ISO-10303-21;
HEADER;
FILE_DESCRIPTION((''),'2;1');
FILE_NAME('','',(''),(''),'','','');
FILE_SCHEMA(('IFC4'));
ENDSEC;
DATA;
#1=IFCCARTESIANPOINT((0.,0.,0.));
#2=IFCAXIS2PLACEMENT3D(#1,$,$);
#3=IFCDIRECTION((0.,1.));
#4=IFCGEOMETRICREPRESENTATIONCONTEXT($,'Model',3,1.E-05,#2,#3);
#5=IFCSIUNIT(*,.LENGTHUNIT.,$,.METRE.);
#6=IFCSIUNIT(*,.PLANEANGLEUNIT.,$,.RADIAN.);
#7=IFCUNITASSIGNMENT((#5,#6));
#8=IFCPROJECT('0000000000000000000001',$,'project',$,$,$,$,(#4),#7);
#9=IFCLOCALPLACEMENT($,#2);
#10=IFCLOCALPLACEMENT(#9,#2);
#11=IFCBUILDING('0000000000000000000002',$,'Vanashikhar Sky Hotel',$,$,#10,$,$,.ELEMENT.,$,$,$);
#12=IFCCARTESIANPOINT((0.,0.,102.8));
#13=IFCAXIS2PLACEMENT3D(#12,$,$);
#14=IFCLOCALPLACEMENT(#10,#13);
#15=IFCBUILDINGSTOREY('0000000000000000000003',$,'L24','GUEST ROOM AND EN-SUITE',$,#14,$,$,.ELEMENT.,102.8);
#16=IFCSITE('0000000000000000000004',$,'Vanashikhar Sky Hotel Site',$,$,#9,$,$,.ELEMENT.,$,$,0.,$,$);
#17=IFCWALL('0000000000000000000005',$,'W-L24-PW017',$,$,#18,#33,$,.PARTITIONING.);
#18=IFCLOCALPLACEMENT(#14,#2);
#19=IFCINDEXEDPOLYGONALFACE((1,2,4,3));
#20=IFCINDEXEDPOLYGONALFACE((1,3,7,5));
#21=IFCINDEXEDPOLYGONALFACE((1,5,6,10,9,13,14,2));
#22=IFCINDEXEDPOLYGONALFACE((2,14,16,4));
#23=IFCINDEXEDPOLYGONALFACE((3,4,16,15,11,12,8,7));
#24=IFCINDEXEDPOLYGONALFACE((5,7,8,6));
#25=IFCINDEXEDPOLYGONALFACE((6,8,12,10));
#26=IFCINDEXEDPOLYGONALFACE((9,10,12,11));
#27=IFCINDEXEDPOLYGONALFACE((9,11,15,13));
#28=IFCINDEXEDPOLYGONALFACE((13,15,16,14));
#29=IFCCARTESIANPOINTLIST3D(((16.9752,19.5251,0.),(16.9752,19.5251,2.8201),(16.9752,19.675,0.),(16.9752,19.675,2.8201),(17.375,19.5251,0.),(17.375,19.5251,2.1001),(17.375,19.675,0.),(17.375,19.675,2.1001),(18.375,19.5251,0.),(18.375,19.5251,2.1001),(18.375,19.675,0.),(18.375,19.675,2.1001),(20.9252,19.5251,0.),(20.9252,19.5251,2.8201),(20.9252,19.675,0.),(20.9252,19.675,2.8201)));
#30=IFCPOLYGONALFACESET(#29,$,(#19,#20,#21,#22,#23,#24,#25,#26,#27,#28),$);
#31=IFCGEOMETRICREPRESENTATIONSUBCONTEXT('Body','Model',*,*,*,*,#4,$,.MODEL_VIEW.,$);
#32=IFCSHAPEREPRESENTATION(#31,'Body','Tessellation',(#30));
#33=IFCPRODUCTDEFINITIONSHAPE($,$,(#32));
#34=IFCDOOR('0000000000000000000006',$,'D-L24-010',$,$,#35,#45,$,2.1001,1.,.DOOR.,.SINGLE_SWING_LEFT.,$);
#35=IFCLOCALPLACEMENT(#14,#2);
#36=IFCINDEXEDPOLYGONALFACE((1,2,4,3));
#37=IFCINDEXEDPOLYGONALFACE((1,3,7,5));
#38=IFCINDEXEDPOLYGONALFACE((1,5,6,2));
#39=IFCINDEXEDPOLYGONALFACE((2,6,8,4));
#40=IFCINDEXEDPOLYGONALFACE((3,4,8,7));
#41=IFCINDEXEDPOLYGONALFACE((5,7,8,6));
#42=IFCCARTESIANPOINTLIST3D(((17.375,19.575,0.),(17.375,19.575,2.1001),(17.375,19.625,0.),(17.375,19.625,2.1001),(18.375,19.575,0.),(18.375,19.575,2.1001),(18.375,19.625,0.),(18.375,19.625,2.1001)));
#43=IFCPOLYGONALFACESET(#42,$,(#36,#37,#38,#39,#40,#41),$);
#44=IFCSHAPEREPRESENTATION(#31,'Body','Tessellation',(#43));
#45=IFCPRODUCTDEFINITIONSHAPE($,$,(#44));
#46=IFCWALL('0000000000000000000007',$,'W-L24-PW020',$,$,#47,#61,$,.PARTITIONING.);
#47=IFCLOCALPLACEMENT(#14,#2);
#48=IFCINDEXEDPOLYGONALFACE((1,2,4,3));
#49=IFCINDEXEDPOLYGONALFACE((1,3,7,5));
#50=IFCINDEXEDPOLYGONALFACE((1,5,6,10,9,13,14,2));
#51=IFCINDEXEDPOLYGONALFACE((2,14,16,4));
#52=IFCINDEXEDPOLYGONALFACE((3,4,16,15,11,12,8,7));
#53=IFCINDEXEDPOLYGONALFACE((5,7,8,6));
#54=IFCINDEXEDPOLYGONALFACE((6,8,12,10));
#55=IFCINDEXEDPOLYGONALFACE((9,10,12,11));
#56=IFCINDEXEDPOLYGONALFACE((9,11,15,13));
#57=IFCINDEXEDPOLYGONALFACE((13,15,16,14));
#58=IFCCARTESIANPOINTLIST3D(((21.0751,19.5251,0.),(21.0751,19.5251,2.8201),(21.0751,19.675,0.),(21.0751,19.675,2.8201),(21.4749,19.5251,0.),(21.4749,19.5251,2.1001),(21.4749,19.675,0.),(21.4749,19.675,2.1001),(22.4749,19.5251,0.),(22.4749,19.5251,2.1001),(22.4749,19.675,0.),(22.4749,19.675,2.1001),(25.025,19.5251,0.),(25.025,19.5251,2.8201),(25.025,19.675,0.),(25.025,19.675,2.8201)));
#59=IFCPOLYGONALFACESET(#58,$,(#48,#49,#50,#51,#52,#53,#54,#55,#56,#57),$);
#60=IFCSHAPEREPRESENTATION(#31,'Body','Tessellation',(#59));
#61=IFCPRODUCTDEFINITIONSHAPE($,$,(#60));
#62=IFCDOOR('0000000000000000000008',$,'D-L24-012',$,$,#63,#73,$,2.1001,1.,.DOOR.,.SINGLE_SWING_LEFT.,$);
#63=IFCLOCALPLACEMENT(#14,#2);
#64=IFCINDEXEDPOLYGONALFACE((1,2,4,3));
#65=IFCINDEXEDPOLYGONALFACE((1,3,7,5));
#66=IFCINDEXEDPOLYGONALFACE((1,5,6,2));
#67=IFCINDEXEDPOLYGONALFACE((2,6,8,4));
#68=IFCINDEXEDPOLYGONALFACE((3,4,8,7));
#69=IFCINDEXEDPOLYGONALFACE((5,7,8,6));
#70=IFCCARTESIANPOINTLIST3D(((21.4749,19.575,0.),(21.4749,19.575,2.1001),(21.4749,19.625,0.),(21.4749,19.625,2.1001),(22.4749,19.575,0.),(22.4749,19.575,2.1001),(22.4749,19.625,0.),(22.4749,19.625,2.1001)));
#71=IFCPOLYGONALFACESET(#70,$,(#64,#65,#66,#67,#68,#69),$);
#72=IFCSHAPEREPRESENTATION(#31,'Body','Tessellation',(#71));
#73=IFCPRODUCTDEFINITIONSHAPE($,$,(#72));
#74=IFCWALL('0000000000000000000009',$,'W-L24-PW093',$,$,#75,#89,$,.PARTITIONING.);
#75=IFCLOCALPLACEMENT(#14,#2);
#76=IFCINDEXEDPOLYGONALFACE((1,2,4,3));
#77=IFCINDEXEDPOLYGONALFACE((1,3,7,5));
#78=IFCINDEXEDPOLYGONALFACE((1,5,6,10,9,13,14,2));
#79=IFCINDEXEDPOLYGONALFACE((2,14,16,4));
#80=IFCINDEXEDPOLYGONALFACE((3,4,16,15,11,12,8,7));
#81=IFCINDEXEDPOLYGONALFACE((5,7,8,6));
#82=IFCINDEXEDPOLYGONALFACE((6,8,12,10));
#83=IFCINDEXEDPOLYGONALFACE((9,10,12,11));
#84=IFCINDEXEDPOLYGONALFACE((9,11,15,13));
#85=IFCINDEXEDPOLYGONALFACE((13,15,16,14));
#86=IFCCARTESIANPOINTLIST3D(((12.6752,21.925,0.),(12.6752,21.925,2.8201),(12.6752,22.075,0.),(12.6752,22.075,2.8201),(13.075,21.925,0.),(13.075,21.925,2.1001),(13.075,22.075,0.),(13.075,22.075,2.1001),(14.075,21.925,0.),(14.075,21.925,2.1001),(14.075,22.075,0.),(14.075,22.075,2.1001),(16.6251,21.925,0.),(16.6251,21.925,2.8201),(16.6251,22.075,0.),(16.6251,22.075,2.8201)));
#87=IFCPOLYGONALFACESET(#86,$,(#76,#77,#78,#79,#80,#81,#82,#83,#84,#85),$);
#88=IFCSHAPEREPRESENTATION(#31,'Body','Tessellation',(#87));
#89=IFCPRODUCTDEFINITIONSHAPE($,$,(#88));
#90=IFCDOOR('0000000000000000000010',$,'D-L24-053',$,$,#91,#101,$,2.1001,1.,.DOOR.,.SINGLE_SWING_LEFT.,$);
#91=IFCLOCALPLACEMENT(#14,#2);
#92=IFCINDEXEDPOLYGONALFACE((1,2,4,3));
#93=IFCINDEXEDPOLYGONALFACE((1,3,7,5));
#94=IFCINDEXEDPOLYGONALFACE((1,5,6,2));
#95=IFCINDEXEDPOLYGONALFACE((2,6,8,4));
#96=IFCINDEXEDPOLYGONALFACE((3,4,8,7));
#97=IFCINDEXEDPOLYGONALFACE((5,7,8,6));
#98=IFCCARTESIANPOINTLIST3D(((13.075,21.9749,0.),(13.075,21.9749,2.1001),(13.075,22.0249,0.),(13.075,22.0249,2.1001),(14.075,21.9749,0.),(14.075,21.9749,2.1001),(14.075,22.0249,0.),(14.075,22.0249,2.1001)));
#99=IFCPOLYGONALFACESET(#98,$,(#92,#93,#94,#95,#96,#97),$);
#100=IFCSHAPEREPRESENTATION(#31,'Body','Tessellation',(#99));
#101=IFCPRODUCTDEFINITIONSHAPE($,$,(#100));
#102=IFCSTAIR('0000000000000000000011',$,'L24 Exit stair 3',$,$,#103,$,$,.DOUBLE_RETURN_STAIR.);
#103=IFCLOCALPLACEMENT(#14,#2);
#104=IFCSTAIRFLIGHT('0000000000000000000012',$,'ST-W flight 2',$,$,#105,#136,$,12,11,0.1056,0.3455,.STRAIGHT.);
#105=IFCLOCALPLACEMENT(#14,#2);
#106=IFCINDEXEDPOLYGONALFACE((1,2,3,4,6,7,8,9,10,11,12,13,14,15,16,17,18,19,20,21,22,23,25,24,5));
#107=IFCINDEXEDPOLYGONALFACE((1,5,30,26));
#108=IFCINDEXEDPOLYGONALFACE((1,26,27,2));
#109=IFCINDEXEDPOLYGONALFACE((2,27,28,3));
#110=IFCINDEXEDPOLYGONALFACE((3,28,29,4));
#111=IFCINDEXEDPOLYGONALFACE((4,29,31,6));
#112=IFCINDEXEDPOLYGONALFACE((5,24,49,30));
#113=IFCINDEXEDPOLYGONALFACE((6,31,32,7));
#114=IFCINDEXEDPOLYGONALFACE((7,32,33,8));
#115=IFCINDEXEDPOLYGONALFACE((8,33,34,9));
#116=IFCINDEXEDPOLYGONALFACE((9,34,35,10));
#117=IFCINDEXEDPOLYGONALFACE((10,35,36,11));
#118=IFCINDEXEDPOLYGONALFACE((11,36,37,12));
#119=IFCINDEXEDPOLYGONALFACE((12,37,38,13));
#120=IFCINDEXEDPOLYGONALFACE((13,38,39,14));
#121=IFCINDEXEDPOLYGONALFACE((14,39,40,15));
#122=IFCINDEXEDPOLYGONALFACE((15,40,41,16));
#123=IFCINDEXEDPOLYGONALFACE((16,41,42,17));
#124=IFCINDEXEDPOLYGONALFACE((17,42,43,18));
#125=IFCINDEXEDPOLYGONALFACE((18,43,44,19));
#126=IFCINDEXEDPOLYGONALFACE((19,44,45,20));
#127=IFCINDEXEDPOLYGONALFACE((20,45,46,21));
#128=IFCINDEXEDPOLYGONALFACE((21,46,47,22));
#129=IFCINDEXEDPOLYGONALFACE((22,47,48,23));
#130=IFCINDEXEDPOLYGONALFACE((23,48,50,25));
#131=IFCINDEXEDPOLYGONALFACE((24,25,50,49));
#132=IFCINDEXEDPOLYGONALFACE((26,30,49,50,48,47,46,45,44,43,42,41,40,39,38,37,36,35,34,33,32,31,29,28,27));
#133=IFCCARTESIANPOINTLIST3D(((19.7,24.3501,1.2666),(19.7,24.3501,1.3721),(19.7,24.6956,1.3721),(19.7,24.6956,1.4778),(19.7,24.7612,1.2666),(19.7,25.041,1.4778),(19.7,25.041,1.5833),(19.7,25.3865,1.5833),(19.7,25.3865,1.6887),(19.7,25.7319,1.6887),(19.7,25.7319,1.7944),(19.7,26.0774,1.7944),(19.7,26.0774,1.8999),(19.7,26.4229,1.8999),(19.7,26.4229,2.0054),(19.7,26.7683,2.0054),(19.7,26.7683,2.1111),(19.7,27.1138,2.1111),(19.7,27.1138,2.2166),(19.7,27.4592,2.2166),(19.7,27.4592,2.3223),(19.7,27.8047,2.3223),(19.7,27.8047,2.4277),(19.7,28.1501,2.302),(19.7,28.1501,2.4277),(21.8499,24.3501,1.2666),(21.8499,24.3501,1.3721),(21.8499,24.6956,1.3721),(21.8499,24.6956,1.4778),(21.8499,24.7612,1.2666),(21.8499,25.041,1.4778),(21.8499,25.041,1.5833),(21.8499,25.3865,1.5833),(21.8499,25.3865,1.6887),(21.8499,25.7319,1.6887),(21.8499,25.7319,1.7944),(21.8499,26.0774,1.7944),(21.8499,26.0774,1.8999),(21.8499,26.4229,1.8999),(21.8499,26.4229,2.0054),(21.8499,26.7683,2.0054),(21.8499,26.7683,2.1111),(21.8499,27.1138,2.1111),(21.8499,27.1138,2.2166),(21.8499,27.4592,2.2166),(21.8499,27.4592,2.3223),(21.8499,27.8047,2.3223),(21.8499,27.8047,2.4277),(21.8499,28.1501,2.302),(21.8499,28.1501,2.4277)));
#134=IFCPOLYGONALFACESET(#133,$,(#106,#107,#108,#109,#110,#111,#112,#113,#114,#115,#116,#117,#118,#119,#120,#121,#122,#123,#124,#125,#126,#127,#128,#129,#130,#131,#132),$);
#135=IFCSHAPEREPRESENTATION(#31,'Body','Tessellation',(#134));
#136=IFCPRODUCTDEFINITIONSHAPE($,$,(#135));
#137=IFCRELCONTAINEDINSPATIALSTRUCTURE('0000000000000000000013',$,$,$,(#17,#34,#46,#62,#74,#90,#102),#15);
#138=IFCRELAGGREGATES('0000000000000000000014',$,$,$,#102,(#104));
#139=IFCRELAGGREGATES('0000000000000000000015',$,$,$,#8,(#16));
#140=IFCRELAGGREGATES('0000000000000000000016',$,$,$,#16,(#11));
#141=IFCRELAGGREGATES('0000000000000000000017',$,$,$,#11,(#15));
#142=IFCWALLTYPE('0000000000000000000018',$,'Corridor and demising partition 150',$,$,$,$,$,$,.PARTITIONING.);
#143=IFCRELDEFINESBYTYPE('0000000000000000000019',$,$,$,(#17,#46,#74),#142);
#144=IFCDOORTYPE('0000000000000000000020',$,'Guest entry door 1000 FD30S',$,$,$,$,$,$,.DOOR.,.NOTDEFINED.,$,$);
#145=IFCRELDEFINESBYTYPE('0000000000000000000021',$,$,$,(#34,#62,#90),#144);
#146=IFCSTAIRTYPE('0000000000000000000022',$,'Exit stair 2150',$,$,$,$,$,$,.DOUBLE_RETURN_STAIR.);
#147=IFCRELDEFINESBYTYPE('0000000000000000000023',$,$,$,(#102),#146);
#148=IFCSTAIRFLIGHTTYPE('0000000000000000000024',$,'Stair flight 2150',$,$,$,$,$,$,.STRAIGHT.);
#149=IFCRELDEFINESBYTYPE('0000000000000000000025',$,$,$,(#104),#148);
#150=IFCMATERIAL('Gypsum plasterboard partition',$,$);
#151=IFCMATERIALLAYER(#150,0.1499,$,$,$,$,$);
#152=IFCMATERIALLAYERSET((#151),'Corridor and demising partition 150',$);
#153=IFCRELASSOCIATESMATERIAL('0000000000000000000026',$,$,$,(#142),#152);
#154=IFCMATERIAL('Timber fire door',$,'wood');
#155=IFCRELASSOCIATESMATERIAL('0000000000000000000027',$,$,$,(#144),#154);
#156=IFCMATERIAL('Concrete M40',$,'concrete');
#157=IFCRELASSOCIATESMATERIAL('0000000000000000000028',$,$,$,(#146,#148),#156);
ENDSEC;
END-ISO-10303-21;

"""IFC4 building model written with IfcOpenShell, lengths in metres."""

from ifc_helpers import new_model, si_unit, direction, frame, frame_2d, origin, place, context, subcontext, project, spatial, polyline, rectangle, outline, extrude, source, transform, mapped, material, layer, layer_set, type_object, element, fill, aggregate, save


model = new_model("IFC4")

# Units and contexts
model_context = context("Model", 3, precision=1e-05, world=origin(), true_north=direction((0.0, 1.0)))
body_context = subcontext(model_context, "Body", "Model", "MODEL_VIEW")
ifc_project = project(units=[si_unit("LENGTHUNIT", "METRE"), si_unit("PLANEANGLEUNIT", "RADIAN")], contexts=[model_context])

# Site, building, storey
site_placement = place(None, origin())
site = spatial("IfcSite", under=ifc_project, at=site_placement, Name="Vanashikhar Sky Hotel Site", CompositionType="ELEMENT", RefElevation=0.0)
building_placement = place(site_placement, origin())
building = spatial("IfcBuilding", under=site, at=building_placement, Name="Vanashikhar Sky Hotel", CompositionType="ELEMENT")
storey_placement = place(building_placement, frame((0.0, 0.0, 102.8)))
storey = spatial("IfcBuildingStorey", under=building, at=storey_placement, Name="L24", Description="GUEST ROOM AND EN-SUITE", CompositionType="ELEMENT", Elevation=102.8)

# Shared definitions
ifc_material_1 = material(Name="Gypsum plasterboard partition")

# Walls, openings, doors
ifc_layer_1 = layer(ifc_material_1, 0.1499)
ifc_layer_set_1 = layer_set([ifc_layer_1], Name="Corridor and demising partition 150")
wall_type_1 = type_object("IfcWallType", Name="Corridor and demising partition 150", PredefinedType="PARTITIONING", material=ifc_layer_set_1)
shared_shape_1 = source(origin(), body_context, "Body", "SweptSolid", [
    extrude(rectangle(XDim=3.95, YDim=0.1499, at=frame_2d((1.9751, 0.0))), origin(), (0.0, 0.0, 1.0), 2.8201),
])
shared_shape_2 = source(origin(), body_context, "Body", "SweptSolid", [
    extrude(rectangle(XDim=1.0, YDim=2.1001, at=frame_2d((0.5, 1.05))), frame((0.0, 0.085, 0.0), z_axis=(0.0, -1.0, 0.0), x_axis=(1.0, 0.0, 0.0)), (0.0, 0.0, 1.0), 0.1699),
])
ifc_material_2 = material(Name="Timber fire door", Category="wood")
door_type_1 = type_object("IfcDoorType", Name="Guest entry door 1000 FD30S", OperationType="NOTDEFINED", PredefinedType="DOOR", material=ifc_material_2)
shared_shape_3 = source(origin(), body_context, "Body", "SweptSolid", [
    extrude(rectangle(XDim=1.0, YDim=2.1001, at=frame_2d((0.5, 1.05))), frame((0.0, 0.0249, 0.0), z_axis=(0.0, -1.0, 0.0), x_axis=(1.0, 0.0, 0.0)), (0.0, 0.0, 1.0), 0.05),
])
wall_1_placement = place(storey_placement, frame((16.9751, 19.6001, 0.0), z_axis=(0.0, 0.0, 1.0), x_axis=(1.0, 0.0, 0.0)))
wall_1 = element("IfcWall", 1, at=wall_1_placement, inside=storey, type_object=wall_type_1, Name="W-L24-PW017", PredefinedType="PARTITIONING", context=body_context, shape_type="MappedRepresentation", body=[
    mapped(shared_shape_1, transform((0.0, 0.0, 0.0), scale=1.0)),
])
opening_1_placement = place(wall_1_placement, frame((0.3999, 0.0, 0.0)))
opening_1 = element("IfcOpeningElement", 2, at=opening_1_placement, cuts=wall_1, PredefinedType="OPENING", context=body_context, shape_type="MappedRepresentation", body=[
    mapped(shared_shape_2, transform((0.0, 0.0, 0.0), scale=1.0)),
])
door_1_placement = place(opening_1_placement, origin())
door_1 = element("IfcDoor", 3, at=door_1_placement, inside=storey, type_object=door_type_1, Name="D-L24-010", OperationType="SINGLE_SWING_LEFT", OverallHeight=2.1001, OverallWidth=1.0, PredefinedType="DOOR", context=body_context, shape_type="MappedRepresentation", body=[
    mapped(shared_shape_3, transform((0.0, 0.0, 0.0), scale=1.0)),
])
fill(opening_1, door_1)
wall_2_placement = place(storey_placement, frame((21.075, 19.6001, 0.0), z_axis=(0.0, 0.0, 1.0), x_axis=(1.0, 0.0, 0.0)))
wall_2 = element("IfcWall", 4, at=wall_2_placement, inside=storey, type_object=wall_type_1, Name="W-L24-PW020", PredefinedType="PARTITIONING", context=body_context, shape_type="MappedRepresentation", body=[
    mapped(shared_shape_1, transform((0.0, 0.0, 0.0), scale=1.0)),
])
opening_2_placement = place(wall_2_placement, frame((0.3999, 0.0, 0.0)))
opening_2 = element("IfcOpeningElement", 5, at=opening_2_placement, cuts=wall_2, PredefinedType="OPENING", context=body_context, shape_type="MappedRepresentation", body=[
    mapped(shared_shape_2, transform((0.0, 0.0, 0.0), scale=1.0)),
])
door_2_placement = place(opening_2_placement, origin())
door_2 = element("IfcDoor", 6, at=door_2_placement, inside=storey, type_object=door_type_1, Name="D-L24-012", OperationType="SINGLE_SWING_LEFT", OverallHeight=2.1001, OverallWidth=1.0, PredefinedType="DOOR", context=body_context, shape_type="MappedRepresentation", body=[
    mapped(shared_shape_3, transform((0.0, 0.0, 0.0), scale=1.0)),
])
fill(opening_2, door_2)
wall_3_placement = place(storey_placement, frame((12.675, 22.0, 0.0), z_axis=(0.0, 0.0, 1.0), x_axis=(1.0, 0.0, 0.0)))
wall_3 = element("IfcWall", 7, at=wall_3_placement, inside=storey, type_object=wall_type_1, Name="W-L24-PW093", PredefinedType="PARTITIONING", context=body_context, shape_type="MappedRepresentation", body=[
    mapped(shared_shape_1, transform((0.0, 0.0, 0.0), scale=1.0)),
])
opening_3_placement = place(wall_3_placement, frame((0.3999, 0.0, 0.0)))
opening_3 = element("IfcOpeningElement", 8, at=opening_3_placement, cuts=wall_3, PredefinedType="OPENING", context=body_context, shape_type="MappedRepresentation", body=[
    mapped(shared_shape_2, transform((0.0, 0.0, 0.0), scale=1.0)),
])
door_3_placement = place(opening_3_placement, origin())
door_3 = element("IfcDoor", 9, at=door_3_placement, inside=storey, type_object=door_type_1, Name="D-L24-053", OperationType="SINGLE_SWING_LEFT", OverallHeight=2.1001, OverallWidth=1.0, PredefinedType="DOOR", context=body_context, shape_type="MappedRepresentation", body=[
    mapped(shared_shape_3, transform((0.0, 0.0, 0.0), scale=1.0)),
])
fill(opening_3, door_3)

# Stair, stair flight
ifc_material_3 = material(Name="Concrete M40", Category="concrete")
stair_type = type_object("IfcStairType", Name="Exit stair 2150", PredefinedType="DOUBLE_RETURN_STAIR", material=ifc_material_3)
stair_placement = place(storey_placement, origin())
stair = element("IfcStair", 10, at=stair_placement, inside=storey, type_object=stair_type, Name="L24 Exit stair 3", PredefinedType="DOUBLE_RETURN_STAIR")
stair_flight_type = type_object("IfcStairFlightType", Name="Stair flight 2150", PredefinedType="STRAIGHT", material=ifc_material_3)
shared_shape_4 = source(origin(), body_context, "Body", "SweptSolid", [
    extrude(outline(polyline([(0.0, 0.0), (0.0, 0.1055), (0.3455, 0.1055), (0.3455, 0.2112), (0.6909, 0.2112), (0.6909, 0.3167), (1.0364, 0.3167), (1.0364, 0.4221), (1.3818, 0.4221), (1.3818, 0.5278), (1.7273, 0.5278), (1.7273, 0.6333), (2.0728, 0.6333), (2.0728, 0.7388), (2.4182, 0.7388), (2.4182, 0.8445), (2.7637, 0.8445), (2.7637, 0.95), (3.1091, 0.95), (3.1091, 1.0557), (3.4546, 1.0557), (3.4546, 1.1611), (3.8, 1.1611), (3.8, 1.2666), (3.8, 1.0354), (0.4111, 0.0), (0.0, 0.0)])), frame((0.0, 1.075, 0.0), z_axis=(0.0, -1.0, 0.0), x_axis=(1.0, 0.0, 0.0)), (0.0, 0.0, 1.0), 2.1499),
])
stair_flight_placement = place(storey_placement, frame((20.7749, 24.3501, 1.2666), z_axis=(0.0, 0.0, 1.0), x_axis=(0.0, 1.0, 0.0)))
stair_flight = element("IfcStairFlight", 11, at=stair_flight_placement, type_object=stair_flight_type, Name="ST-W flight 2", NumberOfRisers=12, NumberOfTreads=11, PredefinedType="STRAIGHT", RiserHeight=0.1056, TreadLength=0.3455, context=body_context, shape_type="MappedRepresentation", body=[
    mapped(shared_shape_4, transform((0.0, 0.0, 0.0), scale=1.0)),
])
aggregate(stair, [stair_flight])

save(model, "model.ifc")
